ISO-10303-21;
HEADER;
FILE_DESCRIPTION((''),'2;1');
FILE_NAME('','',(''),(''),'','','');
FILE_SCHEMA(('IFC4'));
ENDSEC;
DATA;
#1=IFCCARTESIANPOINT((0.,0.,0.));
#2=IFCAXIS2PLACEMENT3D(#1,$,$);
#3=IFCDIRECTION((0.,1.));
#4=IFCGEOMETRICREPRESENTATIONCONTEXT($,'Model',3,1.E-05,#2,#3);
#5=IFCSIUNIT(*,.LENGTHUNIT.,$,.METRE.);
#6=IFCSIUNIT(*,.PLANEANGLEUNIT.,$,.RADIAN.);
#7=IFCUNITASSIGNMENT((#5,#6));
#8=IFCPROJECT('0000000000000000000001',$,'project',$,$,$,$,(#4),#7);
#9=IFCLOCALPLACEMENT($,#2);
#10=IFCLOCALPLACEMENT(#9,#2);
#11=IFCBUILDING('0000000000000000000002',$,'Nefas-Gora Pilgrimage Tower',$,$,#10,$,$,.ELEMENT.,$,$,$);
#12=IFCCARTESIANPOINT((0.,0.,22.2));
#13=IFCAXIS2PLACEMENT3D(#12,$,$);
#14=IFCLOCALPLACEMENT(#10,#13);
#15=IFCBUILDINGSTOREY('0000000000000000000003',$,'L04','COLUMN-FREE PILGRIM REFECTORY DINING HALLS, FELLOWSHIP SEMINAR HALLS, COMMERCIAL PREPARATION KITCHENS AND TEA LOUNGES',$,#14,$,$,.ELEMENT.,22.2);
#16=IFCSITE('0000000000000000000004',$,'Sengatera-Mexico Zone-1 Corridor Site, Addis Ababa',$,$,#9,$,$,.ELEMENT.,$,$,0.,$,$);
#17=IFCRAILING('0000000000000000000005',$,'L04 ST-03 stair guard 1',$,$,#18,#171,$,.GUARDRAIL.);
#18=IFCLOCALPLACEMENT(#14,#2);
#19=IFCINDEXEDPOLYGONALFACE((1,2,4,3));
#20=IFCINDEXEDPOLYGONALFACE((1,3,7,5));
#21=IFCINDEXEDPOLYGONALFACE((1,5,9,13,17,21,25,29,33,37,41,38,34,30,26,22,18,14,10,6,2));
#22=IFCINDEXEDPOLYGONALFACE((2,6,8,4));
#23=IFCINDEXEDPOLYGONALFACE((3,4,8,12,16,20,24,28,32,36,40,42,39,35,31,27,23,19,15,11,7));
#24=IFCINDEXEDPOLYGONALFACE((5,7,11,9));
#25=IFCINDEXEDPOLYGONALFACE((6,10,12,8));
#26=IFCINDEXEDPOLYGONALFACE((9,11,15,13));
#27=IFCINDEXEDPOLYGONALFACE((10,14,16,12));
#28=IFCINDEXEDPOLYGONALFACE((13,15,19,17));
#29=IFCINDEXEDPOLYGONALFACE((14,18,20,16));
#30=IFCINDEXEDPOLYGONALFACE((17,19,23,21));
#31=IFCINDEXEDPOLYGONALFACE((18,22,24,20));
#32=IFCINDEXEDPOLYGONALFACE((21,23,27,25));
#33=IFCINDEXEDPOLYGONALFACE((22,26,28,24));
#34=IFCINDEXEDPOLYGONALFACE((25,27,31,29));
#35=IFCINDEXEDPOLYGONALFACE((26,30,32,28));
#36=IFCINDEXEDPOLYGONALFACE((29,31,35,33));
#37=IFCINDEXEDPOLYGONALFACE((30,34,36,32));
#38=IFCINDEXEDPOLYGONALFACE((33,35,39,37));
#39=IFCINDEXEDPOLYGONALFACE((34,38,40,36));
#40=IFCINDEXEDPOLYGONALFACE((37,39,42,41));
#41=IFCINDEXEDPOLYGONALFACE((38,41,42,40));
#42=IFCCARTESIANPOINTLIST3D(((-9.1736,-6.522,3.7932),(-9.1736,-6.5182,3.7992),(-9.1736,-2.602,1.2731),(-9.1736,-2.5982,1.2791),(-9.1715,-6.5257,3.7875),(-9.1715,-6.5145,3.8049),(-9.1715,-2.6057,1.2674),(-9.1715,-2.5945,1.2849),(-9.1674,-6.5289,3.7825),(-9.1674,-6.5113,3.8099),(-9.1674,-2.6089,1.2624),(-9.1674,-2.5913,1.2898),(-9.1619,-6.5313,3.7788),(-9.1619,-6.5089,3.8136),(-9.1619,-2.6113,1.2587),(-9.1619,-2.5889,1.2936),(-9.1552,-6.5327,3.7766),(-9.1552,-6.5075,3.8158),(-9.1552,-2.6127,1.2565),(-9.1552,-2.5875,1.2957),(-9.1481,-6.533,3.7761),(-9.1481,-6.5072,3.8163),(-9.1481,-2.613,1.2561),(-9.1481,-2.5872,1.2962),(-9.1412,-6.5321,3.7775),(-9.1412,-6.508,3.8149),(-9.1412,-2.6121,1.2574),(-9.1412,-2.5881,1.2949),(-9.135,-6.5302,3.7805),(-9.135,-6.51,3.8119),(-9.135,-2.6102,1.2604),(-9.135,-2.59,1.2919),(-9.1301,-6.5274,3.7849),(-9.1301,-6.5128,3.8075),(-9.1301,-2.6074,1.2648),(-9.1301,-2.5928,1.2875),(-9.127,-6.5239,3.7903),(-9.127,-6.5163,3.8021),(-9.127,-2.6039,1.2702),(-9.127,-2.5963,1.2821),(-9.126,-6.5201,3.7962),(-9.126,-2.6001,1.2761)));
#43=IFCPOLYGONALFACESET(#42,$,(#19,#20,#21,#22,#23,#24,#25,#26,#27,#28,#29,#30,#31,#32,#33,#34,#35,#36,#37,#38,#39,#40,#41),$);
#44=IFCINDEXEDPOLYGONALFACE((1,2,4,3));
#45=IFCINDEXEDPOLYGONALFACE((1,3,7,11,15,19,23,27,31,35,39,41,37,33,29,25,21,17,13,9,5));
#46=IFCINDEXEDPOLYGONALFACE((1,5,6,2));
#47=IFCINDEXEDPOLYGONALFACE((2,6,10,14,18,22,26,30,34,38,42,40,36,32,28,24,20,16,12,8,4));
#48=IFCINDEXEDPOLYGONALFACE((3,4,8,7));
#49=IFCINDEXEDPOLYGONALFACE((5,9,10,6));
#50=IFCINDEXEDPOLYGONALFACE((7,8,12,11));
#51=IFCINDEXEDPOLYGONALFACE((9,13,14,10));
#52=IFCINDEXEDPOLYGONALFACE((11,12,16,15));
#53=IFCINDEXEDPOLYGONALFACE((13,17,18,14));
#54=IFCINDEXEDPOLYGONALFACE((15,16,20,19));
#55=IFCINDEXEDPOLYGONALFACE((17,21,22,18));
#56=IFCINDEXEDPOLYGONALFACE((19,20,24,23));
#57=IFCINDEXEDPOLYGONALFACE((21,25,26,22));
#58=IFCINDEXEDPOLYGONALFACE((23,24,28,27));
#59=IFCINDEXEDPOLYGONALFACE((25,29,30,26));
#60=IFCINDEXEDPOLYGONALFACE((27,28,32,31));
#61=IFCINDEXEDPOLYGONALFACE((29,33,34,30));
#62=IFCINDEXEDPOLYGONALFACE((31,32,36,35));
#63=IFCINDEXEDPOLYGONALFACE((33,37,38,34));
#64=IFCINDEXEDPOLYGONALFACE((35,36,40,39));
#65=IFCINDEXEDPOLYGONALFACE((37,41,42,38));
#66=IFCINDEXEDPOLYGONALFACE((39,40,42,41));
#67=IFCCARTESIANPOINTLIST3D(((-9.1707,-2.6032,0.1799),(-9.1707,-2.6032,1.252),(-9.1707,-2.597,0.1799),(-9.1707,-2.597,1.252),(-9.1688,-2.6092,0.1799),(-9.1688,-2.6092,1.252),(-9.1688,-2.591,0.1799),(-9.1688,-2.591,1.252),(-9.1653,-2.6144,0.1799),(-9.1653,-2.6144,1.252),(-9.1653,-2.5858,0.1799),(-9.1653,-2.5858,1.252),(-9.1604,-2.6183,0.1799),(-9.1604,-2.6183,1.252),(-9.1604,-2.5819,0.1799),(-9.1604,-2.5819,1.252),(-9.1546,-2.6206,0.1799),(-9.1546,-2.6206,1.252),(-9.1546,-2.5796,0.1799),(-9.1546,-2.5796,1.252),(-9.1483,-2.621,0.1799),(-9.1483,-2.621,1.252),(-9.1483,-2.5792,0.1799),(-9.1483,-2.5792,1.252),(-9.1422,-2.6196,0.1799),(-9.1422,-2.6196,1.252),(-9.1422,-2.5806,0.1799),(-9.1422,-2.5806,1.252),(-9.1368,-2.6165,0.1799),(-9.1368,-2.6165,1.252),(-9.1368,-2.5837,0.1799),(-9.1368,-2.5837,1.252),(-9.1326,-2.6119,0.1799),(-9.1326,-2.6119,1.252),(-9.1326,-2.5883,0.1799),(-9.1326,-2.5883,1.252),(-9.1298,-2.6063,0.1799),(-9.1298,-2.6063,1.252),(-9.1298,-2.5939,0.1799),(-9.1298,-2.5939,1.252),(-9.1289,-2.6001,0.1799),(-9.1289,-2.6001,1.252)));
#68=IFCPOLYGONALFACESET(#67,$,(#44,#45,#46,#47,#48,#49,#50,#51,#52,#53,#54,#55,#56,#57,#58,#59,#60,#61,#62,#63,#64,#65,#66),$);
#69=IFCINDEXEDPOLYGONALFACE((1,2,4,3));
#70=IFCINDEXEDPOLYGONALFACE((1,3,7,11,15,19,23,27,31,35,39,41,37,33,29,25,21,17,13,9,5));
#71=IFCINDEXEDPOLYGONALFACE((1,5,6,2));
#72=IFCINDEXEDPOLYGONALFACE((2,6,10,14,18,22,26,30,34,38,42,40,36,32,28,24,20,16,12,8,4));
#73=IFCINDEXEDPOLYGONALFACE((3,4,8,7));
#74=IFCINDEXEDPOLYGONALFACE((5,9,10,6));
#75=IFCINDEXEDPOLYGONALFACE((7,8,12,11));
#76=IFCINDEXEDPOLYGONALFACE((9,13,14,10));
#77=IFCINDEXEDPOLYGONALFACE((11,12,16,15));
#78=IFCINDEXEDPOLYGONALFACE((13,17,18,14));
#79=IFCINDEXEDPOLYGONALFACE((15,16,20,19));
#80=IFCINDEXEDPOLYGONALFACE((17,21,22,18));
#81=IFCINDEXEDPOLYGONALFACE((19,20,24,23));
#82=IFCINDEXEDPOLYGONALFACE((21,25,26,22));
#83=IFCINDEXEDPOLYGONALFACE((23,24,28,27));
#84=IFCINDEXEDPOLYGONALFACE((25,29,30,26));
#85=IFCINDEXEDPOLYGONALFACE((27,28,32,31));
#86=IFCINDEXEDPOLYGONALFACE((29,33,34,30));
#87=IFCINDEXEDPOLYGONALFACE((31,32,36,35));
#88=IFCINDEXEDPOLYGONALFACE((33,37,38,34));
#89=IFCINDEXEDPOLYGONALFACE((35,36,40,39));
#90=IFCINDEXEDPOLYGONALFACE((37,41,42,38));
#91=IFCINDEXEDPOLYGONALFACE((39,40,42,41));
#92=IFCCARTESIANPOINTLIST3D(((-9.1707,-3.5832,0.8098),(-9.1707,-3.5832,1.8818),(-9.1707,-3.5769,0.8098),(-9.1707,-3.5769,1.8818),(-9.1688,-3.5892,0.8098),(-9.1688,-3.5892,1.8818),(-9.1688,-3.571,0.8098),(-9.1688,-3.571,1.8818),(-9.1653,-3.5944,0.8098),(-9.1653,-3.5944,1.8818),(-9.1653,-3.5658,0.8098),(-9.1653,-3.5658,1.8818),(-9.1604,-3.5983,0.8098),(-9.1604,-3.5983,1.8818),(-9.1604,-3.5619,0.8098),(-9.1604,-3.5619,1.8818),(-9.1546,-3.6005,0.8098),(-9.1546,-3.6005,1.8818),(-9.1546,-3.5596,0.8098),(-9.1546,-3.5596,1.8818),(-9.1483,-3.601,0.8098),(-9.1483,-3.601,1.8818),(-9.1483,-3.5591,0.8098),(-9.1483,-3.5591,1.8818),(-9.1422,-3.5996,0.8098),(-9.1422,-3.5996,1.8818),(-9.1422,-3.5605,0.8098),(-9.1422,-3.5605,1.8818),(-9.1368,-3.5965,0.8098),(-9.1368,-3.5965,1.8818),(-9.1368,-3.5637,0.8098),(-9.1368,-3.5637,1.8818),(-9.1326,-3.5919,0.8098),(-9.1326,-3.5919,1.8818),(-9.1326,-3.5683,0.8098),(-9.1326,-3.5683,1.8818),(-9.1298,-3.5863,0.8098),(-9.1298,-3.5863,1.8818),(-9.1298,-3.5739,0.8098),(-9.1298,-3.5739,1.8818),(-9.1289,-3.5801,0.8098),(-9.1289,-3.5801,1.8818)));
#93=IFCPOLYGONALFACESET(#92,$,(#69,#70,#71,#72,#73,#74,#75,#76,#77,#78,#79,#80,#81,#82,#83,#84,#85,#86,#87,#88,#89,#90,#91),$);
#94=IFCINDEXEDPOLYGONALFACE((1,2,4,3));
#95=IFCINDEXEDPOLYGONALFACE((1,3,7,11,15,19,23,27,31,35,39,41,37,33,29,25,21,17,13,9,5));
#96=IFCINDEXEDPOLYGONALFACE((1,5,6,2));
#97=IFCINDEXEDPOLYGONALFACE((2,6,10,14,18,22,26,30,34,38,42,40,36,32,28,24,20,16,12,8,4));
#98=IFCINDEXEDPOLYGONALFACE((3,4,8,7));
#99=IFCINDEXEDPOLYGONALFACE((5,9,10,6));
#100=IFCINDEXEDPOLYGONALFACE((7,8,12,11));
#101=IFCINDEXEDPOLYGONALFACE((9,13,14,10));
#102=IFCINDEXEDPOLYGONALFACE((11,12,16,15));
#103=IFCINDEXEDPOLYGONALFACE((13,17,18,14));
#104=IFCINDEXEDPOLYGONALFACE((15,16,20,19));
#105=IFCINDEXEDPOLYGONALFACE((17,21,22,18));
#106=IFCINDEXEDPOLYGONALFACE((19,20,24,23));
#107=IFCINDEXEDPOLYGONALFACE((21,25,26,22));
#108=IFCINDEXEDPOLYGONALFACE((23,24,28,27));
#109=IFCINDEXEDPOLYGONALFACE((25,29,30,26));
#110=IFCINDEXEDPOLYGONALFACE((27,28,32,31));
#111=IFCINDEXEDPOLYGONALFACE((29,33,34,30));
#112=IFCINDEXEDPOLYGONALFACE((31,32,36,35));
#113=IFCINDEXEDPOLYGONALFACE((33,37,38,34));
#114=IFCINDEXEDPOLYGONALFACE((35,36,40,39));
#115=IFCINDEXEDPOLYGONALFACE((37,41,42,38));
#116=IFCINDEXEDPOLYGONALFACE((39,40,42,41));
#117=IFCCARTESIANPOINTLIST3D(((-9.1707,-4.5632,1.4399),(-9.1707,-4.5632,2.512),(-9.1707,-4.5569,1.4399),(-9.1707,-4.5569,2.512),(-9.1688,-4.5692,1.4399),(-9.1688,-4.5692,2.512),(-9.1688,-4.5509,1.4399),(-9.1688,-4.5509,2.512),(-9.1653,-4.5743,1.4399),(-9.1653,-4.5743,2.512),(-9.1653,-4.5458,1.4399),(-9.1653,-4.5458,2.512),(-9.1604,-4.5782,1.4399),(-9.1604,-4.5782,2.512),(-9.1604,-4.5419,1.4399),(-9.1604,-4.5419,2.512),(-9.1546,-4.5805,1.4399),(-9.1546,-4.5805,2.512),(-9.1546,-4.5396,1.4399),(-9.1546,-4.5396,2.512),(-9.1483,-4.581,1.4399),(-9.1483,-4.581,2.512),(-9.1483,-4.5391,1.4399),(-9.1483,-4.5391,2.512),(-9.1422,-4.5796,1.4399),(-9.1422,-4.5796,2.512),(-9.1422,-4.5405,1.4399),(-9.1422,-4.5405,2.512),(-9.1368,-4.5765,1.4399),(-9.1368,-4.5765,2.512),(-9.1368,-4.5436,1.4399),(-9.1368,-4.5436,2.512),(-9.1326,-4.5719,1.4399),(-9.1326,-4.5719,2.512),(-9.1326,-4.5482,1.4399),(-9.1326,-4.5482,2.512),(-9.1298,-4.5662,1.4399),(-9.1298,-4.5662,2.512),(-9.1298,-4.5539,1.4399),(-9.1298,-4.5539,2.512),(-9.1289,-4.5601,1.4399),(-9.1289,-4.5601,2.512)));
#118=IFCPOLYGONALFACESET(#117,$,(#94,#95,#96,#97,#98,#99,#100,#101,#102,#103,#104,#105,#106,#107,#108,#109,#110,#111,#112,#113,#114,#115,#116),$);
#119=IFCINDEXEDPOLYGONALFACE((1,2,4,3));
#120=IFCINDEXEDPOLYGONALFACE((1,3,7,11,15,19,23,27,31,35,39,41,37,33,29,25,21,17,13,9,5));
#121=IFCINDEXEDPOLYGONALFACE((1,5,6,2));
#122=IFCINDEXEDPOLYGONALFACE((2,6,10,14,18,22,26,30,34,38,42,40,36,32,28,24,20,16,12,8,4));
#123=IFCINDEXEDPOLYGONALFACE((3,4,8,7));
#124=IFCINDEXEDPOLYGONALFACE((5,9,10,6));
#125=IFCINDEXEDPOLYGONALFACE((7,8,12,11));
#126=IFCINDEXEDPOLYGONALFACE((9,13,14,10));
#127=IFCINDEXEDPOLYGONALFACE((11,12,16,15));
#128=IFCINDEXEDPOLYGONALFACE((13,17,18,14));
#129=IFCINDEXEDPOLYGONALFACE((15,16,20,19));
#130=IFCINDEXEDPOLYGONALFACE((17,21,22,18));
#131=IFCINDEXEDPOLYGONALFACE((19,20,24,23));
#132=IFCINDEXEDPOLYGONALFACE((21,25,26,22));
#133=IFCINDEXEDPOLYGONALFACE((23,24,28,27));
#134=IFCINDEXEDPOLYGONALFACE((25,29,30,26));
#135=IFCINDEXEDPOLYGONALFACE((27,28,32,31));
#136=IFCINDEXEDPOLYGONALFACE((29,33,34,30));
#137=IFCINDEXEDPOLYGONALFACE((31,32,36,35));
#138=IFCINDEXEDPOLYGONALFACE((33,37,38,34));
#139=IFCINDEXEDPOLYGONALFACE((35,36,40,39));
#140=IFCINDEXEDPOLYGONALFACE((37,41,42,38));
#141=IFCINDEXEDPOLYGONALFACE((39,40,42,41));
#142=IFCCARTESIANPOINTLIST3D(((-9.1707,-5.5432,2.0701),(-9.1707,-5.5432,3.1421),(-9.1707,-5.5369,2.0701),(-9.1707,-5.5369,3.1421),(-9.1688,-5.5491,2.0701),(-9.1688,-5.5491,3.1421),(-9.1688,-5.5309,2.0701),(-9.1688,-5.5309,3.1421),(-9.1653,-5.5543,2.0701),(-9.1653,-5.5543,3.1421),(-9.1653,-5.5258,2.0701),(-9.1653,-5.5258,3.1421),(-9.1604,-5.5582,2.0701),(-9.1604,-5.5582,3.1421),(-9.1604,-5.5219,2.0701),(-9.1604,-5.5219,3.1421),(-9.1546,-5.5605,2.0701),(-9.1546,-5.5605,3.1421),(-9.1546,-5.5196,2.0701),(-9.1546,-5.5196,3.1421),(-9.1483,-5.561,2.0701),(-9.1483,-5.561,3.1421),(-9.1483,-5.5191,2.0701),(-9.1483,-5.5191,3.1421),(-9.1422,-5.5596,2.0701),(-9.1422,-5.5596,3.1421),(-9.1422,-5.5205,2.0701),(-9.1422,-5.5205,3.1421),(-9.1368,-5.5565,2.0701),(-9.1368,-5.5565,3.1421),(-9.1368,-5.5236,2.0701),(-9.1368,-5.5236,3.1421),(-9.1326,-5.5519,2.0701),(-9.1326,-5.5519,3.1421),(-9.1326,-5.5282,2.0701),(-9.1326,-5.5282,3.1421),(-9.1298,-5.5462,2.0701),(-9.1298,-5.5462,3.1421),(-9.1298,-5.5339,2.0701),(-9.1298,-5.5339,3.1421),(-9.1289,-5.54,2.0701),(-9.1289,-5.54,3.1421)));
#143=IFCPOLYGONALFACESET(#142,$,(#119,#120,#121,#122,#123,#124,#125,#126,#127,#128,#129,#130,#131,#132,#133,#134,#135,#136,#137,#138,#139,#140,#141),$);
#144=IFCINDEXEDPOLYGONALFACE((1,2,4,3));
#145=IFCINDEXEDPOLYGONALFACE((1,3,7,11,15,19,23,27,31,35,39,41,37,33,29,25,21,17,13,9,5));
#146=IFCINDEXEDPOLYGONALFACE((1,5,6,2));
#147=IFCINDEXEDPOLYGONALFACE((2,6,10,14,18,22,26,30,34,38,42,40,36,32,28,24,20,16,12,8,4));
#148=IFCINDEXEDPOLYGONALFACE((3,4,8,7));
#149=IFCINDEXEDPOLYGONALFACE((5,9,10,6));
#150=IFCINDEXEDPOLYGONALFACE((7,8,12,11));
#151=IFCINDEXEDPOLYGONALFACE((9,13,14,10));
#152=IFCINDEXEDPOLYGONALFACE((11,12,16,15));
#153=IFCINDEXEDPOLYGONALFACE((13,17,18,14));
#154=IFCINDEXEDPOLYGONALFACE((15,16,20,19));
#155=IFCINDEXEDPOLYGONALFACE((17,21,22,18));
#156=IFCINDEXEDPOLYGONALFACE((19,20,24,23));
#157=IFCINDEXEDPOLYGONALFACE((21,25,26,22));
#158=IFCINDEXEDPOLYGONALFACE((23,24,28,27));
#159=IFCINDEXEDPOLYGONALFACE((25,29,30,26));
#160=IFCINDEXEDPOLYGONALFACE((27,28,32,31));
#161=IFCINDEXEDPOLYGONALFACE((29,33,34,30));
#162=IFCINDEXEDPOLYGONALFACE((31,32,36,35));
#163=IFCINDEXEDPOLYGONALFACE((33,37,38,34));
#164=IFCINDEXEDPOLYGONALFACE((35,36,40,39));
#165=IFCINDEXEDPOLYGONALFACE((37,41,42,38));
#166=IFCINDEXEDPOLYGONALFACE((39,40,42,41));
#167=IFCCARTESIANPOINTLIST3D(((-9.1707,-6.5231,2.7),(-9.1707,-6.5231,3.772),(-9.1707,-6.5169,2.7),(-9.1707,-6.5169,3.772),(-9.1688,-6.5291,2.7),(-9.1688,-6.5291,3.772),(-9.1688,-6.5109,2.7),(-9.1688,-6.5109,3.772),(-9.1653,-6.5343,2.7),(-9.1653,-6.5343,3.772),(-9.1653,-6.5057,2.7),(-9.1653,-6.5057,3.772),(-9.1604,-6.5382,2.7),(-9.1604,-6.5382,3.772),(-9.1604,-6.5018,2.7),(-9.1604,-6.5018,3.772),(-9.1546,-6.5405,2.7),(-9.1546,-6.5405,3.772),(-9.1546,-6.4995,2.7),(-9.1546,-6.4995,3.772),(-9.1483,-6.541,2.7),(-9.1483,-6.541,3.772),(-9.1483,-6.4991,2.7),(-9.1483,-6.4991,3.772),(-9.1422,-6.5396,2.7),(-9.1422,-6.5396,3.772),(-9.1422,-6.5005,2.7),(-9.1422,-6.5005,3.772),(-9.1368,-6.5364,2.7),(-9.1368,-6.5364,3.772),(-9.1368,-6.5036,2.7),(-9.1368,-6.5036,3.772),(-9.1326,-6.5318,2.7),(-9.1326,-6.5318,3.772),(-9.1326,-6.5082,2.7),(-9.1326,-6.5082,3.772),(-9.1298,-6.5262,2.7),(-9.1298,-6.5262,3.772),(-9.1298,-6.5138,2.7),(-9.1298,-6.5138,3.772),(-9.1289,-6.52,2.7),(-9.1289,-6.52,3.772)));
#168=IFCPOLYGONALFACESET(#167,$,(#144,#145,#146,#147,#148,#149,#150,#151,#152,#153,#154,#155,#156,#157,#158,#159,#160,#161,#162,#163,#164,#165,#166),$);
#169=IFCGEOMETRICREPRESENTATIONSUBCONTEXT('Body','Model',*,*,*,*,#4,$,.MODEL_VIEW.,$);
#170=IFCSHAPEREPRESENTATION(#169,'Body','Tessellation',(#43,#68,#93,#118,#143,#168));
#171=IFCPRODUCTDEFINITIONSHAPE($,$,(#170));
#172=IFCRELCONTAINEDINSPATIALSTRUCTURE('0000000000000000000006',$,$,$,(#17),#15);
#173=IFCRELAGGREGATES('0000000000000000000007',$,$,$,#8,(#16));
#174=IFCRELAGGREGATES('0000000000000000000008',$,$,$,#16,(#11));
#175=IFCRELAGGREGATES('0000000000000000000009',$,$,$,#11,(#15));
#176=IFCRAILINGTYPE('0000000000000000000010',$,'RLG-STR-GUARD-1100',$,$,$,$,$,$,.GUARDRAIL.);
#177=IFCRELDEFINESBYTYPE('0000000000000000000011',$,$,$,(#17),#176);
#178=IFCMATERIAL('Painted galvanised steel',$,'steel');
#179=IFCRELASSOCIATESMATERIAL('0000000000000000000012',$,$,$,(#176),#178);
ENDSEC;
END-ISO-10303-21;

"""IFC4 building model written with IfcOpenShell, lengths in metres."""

from ifc_helpers import new_model, si_unit, direction, frame, origin, origin_2d, place, context, subcontext, project, spatial, circle, extrude, material, type_object, element, save


model = new_model("IFC4")

# Units and contexts
model_context = context("Model", 3, precision=1e-05, world=origin(), true_north=direction((0.0, 1.0)))
body_context = subcontext(model_context, "Body", "Model", "MODEL_VIEW")
ifc_project = project(units=[si_unit("LENGTHUNIT", "METRE"), si_unit("PLANEANGLEUNIT", "RADIAN")], contexts=[model_context])

# Site, building, storey
site_placement = place(None, origin())
site = spatial("IfcSite", under=ifc_project, at=site_placement, Name="Sengatera-Mexico Zone-1 Corridor Site, Addis Ababa", CompositionType="ELEMENT", RefElevation=0.0)
building_placement = place(site_placement, origin())
building = spatial("IfcBuilding", under=site, at=building_placement, Name="Nefas-Gora Pilgrimage Tower", CompositionType="ELEMENT")
storey_placement = place(building_placement, frame((0.0, 0.0, 22.2)))
storey = spatial("IfcBuildingStorey", under=building, at=storey_placement, Name="L04", Description="COLUMN-FREE PILGRIM REFECTORY DINING HALLS, FELLOWSHIP SEMINAR HALLS, COMMERCIAL PREPARATION KITCHENS AND TEA LOUNGES", CompositionType="ELEMENT", Elevation=22.2)

# Railing
ifc_material_1 = material(Name="Painted galvanised steel", Category="steel")
railing_type_1 = type_object("IfcRailingType", Name="RLG-STR-GUARD-1100", PredefinedType="GUARDRAIL", material=ifc_material_1)
railing_1_placement = place(storey_placement, frame((-9.1499, -2.6001, 0.1799)))
element("IfcRailing", 1, at=railing_1_placement, inside=storey, type_object=railing_type_1, Name="L04 ST-03 stair guard 1", PredefinedType="GUARDRAIL", context=body_context, shape_type="SweptSolid", body=[
    extrude(circle(Radius=0.0239, at=origin_2d()), frame((0.0, 0.0, 1.0962), z_axis=(0.0, -0.841172, 0.540768), x_axis=(1.0, 0.0, 0.0)), (0.0, 0.0, 1.0), 4.6602),
    extrude(circle(Radius=0.021, at=origin_2d()), origin(), (0.0, 0.0, 1.0), 1.072),
    extrude(circle(Radius=0.021, at=origin_2d()), frame((0.0, -0.98, 0.6299)), (0.0, 0.0, 1.0), 1.072),
    extrude(circle(Radius=0.021, at=origin_2d()), frame((0.0, -1.96, 1.26)), (0.0, 0.0, 1.0), 1.072),
    extrude(circle(Radius=0.021, at=origin_2d()), frame((0.0, -2.9399, 1.8901)), (0.0, 0.0, 1.0), 1.072),
    extrude(circle(Radius=0.021, at=origin_2d()), frame((0.0, -3.9199, 2.52)), (0.0, 0.0, 1.0), 1.072),
])

save(model, "model.ifc")
